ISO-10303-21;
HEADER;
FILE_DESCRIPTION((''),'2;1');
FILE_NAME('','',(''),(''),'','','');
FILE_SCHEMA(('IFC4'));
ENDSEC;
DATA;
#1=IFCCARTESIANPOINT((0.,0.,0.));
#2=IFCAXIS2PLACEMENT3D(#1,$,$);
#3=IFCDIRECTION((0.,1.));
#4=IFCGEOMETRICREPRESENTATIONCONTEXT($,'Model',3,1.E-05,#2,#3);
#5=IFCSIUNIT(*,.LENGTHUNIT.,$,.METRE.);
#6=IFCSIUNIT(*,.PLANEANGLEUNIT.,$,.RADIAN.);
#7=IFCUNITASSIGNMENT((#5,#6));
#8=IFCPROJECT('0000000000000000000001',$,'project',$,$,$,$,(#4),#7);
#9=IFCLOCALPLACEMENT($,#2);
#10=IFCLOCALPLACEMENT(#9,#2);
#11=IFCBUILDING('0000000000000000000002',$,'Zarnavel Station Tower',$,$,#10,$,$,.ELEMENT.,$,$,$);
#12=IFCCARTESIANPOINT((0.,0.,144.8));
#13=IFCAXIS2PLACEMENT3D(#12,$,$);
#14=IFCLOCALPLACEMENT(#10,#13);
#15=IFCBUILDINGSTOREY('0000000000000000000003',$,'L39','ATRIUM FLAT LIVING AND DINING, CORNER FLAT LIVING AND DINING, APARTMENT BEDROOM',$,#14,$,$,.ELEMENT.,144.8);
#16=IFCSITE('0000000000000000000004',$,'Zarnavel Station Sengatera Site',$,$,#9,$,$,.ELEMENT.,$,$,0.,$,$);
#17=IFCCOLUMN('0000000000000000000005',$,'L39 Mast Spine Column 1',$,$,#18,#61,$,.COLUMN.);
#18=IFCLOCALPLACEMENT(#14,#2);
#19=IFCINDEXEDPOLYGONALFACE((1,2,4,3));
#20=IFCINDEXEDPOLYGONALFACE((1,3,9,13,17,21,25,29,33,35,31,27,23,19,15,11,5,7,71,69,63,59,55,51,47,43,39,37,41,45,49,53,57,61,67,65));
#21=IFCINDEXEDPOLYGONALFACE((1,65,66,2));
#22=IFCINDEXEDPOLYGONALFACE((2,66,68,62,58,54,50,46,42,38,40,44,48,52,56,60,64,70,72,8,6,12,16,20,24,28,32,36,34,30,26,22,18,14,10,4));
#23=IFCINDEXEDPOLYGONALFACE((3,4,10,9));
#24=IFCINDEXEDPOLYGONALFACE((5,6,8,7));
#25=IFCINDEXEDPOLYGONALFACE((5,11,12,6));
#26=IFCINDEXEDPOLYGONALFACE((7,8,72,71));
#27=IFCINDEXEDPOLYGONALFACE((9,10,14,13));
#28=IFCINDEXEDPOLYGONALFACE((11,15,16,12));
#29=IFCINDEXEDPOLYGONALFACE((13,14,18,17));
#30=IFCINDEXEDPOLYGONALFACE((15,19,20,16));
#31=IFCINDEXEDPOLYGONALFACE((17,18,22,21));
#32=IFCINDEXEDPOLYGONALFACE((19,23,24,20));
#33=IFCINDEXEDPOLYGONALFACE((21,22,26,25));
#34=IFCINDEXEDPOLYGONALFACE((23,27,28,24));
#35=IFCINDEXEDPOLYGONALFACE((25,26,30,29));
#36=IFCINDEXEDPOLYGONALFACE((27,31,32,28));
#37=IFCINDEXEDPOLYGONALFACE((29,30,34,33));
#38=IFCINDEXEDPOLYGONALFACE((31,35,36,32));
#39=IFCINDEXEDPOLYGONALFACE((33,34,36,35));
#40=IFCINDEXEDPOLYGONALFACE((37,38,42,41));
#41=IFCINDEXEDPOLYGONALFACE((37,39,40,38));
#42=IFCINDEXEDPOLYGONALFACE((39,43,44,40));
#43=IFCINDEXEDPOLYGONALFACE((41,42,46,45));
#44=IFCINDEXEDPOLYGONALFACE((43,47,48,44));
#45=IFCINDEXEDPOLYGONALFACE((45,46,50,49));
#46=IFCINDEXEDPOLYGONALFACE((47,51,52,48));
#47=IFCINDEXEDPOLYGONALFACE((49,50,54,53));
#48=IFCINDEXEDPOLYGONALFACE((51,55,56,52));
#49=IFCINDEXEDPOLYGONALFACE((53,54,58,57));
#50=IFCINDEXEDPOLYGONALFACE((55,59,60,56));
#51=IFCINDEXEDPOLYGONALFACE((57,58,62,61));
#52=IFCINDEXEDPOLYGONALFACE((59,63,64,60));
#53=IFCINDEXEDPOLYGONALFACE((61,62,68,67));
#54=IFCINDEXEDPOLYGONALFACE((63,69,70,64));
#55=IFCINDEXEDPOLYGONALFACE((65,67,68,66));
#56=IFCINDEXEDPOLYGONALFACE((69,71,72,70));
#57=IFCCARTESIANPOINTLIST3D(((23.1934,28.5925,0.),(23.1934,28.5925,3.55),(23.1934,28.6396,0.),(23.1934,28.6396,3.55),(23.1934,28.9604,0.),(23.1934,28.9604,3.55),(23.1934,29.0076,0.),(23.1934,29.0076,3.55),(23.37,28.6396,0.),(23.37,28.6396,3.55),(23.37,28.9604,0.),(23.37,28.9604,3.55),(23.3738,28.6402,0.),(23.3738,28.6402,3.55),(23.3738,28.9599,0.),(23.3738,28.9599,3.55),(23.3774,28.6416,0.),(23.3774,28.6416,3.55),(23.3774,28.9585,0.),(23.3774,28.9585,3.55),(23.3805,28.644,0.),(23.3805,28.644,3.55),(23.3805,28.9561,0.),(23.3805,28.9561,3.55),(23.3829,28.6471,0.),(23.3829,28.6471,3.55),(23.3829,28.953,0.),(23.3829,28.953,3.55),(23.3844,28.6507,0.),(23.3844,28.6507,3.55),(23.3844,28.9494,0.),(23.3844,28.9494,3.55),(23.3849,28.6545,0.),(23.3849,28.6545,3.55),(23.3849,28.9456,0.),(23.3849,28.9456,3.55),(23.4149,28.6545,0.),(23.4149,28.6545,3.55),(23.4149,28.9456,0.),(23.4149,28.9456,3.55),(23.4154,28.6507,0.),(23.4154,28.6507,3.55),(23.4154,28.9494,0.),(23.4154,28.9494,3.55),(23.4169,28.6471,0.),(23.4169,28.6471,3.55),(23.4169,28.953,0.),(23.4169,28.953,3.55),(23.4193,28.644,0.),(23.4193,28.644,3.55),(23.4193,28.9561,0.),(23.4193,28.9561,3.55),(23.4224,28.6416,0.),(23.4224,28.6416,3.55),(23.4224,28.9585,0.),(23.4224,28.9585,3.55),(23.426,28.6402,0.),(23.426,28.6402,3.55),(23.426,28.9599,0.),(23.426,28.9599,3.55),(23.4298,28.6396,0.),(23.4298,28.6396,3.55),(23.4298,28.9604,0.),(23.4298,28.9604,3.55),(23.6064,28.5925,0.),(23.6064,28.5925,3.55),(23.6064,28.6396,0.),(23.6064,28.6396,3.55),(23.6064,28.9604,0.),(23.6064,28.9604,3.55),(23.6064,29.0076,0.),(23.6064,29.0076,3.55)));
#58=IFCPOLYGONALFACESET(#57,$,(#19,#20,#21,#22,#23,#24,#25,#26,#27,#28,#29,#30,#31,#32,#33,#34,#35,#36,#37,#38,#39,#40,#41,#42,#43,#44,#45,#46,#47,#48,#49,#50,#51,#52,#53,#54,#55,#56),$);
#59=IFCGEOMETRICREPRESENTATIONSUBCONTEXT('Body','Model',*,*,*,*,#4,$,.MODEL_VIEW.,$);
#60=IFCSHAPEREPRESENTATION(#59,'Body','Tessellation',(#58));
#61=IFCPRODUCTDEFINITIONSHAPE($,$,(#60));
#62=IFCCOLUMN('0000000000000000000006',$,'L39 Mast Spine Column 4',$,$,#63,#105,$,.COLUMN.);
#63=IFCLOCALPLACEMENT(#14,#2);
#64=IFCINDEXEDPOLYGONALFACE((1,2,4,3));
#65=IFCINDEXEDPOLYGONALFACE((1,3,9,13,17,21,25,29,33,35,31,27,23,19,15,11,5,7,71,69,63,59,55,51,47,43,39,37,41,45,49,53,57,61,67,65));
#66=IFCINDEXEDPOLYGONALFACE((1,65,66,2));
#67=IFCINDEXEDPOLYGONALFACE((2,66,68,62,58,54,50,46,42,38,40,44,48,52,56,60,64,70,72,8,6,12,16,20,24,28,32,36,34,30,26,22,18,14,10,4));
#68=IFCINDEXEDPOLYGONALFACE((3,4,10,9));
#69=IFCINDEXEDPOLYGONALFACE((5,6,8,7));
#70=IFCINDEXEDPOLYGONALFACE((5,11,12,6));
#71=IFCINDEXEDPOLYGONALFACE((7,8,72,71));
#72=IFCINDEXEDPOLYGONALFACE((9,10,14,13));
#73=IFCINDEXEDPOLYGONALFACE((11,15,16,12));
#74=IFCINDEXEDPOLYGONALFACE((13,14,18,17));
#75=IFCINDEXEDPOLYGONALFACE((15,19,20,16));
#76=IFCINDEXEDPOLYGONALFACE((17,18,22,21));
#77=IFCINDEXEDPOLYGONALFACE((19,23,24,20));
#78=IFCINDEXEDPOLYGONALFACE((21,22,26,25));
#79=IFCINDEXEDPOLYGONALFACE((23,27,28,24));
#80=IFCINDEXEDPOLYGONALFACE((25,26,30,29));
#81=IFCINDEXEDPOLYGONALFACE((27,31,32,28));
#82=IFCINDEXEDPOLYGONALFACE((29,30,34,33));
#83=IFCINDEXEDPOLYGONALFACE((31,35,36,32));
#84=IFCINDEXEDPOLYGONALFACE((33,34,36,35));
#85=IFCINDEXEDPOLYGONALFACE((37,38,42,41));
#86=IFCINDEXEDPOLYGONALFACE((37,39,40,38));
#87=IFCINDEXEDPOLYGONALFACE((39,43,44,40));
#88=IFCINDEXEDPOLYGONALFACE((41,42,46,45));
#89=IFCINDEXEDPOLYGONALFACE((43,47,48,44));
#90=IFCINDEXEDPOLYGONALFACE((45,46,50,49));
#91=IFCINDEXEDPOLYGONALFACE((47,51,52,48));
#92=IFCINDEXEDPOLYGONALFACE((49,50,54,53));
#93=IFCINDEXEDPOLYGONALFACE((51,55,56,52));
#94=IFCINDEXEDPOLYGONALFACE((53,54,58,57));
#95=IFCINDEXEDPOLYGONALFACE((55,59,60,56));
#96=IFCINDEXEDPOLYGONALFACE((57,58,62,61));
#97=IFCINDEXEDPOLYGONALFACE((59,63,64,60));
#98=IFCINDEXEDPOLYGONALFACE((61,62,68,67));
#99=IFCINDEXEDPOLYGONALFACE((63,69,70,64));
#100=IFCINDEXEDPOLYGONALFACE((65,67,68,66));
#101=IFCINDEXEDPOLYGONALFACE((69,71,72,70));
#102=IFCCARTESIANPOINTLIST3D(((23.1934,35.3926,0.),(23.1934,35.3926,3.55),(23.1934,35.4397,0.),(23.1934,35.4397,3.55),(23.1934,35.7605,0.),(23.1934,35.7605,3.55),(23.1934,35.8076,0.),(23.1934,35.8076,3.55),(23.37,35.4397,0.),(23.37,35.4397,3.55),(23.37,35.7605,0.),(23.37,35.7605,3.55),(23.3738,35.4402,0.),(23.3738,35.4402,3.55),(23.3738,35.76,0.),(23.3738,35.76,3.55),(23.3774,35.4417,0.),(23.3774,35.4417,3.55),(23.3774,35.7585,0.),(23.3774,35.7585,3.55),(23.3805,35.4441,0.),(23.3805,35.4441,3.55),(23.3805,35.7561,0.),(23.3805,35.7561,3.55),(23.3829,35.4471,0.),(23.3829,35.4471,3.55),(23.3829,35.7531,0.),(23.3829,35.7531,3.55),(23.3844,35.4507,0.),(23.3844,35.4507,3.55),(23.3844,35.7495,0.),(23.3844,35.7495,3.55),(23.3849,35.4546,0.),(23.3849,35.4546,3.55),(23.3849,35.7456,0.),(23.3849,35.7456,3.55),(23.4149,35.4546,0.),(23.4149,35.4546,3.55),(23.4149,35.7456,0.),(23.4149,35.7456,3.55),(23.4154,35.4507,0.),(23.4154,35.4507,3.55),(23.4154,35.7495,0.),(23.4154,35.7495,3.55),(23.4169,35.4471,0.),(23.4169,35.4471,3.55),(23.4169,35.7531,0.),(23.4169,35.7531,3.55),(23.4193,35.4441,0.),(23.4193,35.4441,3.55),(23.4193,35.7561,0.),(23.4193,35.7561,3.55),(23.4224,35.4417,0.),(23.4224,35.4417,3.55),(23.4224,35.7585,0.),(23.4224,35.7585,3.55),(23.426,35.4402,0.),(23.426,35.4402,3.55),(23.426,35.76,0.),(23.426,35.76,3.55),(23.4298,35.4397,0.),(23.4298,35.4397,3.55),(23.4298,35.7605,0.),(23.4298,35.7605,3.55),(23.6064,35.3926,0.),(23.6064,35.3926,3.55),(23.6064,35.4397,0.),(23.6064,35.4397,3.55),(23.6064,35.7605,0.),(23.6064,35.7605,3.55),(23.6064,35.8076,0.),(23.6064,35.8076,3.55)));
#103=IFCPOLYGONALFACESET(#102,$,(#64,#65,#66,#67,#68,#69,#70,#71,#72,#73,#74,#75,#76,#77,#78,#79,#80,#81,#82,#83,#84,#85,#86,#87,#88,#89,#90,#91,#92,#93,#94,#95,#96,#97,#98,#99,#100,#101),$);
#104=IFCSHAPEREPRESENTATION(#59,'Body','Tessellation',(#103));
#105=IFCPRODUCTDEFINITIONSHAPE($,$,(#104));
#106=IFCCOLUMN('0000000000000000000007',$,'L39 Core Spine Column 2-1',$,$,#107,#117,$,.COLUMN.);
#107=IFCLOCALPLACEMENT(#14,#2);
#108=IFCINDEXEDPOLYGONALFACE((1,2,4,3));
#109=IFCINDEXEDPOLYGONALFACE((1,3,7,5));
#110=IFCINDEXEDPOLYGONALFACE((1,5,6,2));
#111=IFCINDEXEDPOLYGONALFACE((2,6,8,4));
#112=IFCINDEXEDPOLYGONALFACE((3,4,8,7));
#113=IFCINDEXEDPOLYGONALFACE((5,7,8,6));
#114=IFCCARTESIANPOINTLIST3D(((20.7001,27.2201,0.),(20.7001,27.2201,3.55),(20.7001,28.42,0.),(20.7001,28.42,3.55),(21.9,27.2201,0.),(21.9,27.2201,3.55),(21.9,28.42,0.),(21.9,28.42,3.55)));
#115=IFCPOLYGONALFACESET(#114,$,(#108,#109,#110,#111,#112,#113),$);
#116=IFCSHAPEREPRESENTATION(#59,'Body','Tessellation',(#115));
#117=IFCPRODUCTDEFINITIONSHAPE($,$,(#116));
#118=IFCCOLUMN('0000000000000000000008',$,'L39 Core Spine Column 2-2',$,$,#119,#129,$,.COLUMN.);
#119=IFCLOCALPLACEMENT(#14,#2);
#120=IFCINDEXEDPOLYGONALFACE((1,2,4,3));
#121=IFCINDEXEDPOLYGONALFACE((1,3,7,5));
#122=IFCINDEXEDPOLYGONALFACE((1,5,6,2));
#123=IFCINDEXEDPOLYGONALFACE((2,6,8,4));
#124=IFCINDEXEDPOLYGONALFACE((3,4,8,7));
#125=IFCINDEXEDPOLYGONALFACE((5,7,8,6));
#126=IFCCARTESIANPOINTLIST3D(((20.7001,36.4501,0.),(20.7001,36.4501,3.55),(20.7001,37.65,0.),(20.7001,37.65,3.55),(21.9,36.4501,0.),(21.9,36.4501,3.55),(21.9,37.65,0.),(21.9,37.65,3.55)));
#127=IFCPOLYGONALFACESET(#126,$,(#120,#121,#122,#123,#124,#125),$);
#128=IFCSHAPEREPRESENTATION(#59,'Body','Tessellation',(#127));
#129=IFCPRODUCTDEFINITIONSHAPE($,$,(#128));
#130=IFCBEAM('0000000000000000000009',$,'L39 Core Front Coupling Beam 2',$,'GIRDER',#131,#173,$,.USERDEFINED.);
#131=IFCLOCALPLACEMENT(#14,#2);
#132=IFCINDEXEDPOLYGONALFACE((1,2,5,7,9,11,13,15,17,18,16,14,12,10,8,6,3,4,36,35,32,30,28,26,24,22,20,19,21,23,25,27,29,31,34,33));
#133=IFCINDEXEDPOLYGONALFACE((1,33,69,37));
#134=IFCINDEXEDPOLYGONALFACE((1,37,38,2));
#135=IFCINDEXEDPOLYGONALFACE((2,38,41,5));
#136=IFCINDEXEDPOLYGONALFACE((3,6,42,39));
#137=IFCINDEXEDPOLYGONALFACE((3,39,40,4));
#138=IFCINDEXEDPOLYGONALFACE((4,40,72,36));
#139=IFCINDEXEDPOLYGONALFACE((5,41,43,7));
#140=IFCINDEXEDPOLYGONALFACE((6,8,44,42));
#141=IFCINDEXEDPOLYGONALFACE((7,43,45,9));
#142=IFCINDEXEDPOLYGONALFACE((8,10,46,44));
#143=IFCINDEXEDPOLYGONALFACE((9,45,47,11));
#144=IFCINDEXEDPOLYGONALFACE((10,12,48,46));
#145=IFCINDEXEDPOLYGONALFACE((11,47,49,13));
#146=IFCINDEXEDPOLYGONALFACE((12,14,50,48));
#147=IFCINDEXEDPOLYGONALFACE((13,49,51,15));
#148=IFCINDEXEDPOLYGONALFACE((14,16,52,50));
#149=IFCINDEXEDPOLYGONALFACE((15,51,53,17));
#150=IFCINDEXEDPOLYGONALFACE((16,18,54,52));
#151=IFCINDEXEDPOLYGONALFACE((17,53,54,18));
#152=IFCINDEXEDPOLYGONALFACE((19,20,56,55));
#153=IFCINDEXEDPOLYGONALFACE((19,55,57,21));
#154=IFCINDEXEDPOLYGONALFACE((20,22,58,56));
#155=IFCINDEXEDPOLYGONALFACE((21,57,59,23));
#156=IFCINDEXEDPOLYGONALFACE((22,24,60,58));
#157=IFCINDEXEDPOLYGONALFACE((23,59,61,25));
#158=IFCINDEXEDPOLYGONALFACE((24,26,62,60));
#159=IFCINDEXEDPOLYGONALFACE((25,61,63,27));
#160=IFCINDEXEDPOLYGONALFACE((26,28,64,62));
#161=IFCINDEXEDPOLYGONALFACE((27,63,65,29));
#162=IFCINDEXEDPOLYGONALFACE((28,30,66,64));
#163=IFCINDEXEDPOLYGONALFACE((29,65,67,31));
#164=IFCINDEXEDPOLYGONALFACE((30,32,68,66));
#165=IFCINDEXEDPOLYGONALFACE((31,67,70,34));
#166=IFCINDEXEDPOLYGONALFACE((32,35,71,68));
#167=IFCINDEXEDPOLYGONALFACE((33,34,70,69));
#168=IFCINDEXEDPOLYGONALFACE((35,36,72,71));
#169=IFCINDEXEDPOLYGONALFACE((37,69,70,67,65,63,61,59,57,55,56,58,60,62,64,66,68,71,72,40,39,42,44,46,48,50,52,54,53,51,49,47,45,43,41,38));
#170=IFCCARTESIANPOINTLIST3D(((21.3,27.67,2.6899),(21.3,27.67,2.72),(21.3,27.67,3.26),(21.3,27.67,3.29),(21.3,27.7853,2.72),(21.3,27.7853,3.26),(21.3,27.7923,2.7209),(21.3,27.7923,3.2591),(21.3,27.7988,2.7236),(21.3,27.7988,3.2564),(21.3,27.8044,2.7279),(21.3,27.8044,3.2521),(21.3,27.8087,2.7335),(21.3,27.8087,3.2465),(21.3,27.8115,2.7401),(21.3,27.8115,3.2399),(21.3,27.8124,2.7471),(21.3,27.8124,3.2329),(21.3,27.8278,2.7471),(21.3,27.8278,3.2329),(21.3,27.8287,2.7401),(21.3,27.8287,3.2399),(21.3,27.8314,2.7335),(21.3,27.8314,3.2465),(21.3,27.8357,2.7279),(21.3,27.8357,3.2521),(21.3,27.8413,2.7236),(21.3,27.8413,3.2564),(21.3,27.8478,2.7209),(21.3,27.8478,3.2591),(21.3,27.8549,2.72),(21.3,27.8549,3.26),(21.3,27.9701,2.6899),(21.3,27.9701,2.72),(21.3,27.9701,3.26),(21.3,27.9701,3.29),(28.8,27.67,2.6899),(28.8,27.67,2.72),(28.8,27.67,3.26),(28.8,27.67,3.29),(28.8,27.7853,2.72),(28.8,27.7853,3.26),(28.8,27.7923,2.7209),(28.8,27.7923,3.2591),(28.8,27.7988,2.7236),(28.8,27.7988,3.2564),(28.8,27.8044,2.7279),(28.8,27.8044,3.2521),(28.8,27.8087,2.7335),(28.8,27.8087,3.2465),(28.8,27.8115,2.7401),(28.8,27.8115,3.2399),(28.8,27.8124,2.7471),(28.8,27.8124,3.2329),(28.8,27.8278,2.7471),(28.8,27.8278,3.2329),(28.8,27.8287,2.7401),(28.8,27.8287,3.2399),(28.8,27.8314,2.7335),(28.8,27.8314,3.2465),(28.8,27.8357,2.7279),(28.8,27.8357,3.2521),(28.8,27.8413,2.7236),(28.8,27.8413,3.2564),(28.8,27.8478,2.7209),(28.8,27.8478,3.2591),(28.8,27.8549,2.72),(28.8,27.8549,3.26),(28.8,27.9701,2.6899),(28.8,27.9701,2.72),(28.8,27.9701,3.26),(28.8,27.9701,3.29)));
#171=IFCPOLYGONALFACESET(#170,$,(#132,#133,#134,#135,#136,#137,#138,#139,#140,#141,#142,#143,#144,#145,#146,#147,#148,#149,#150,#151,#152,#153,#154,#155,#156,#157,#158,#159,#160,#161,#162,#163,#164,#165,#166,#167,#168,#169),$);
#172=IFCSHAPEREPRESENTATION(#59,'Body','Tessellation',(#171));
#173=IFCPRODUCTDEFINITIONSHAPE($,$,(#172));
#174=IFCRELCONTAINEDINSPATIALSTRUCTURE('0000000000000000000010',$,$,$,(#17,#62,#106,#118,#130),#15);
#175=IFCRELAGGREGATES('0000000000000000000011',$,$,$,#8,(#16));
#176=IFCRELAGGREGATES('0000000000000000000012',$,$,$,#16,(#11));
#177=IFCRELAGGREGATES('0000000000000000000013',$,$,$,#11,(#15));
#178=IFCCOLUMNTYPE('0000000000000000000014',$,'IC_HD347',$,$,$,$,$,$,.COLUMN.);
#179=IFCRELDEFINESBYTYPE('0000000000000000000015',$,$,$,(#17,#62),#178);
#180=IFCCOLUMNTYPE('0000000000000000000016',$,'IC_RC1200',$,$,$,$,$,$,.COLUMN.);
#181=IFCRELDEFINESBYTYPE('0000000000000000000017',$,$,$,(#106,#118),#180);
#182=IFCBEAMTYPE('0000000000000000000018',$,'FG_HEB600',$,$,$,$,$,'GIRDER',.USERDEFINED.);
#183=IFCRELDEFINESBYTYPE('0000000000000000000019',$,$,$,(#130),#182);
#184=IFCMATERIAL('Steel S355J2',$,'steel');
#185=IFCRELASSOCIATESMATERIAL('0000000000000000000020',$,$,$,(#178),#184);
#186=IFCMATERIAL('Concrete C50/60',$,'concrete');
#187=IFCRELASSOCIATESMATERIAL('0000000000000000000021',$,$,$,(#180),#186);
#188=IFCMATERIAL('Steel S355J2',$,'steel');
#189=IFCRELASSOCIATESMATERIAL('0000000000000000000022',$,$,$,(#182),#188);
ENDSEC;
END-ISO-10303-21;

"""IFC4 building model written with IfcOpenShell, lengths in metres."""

from ifc_helpers import new_model, si_unit, direction, frame, origin, origin_2d, place, context, subcontext, project, spatial, rectangle, i_section, extrude, material, material_profile, profile_set, type_object, element, save


model = new_model("IFC4")

# Units and contexts
model_context = context("Model", 3, precision=1e-05, world=origin(), true_north=direction((0.0, 1.0)))
body_context = subcontext(model_context, "Body", "Model", "MODEL_VIEW")
ifc_project = project(units=[si_unit("LENGTHUNIT", "METRE"), si_unit("PLANEANGLEUNIT", "RADIAN")], contexts=[model_context])

# Site, building, storey
site_placement = place(None, origin())
site = spatial("IfcSite", under=ifc_project, at=site_placement, Name="Zarnavel Station Sengatera Site", CompositionType="ELEMENT", RefElevation=0.0)
building_placement = place(site_placement, origin())
building = spatial("IfcBuilding", under=site, at=building_placement, Name="Zarnavel Station Tower", CompositionType="ELEMENT")
storey_placement = place(building_placement, frame((0.0, 0.0, 144.8)))
storey = spatial("IfcBuildingStorey", under=building, at=storey_placement, Name="L39", Description="ATRIUM FLAT LIVING AND DINING, CORNER FLAT LIVING AND DINING, APARTMENT BEDROOM", CompositionType="ELEMENT", Elevation=144.8)

# Columns
ifc_material_1 = material(Name="Steel S355J2", Category="steel")
ifc_material_profile_1 = material_profile(ifc_material_1, i_section(OverallWidth=0.4131, OverallDepth=0.415, WebThickness=0.03, FlangeThickness=0.0471, FilletRadius=0.0149, at=origin_2d()), Name="HD400x347")
ifc_profile_set_1 = profile_set([ifc_material_profile_1], Name="Steel S355J2")
column_type_1 = type_object("IfcColumnType", Name="IC_HD347", PredefinedType="COLUMN", material=ifc_profile_set_1)
for number, where, z_axis, x_axis, name in (
    (1, (23.3999, 28.8, 0.0), (0.0, 0.0, 1.0), (1.0, 0.0, 0.0), "L39 Mast Spine Column 1"),
    (2, (23.3999, 35.6001, 0.0), (0.0, 0.0, 1.0), (1.0, 0.0, 0.0), "L39 Mast Spine Column 4"),
):
    element("IfcColumn", number, at=place(storey_placement, frame(where, z_axis=z_axis, x_axis=x_axis)), inside=storey, type_object=column_type_1, Name=name, PredefinedType="COLUMN", context=body_context, shape_type="SweptSolid", body=[
        extrude(i_section(OverallWidth=0.4131, OverallDepth=0.415, WebThickness=0.03, FlangeThickness=0.0471, FilletRadius=0.0149, at=origin_2d()), origin(), (0.0, 0.0, 1.0), 3.55),
    ])
ifc_material_2 = material(Name="Concrete C50/60", Category="concrete")
ifc_material_profile_2 = material_profile(ifc_material_2, rectangle(XDim=1.2, YDim=1.2, at=origin_2d()), Name="RC1200x1200")
ifc_profile_set_2 = profile_set([ifc_material_profile_2], Name="Concrete C50/60")
column_type_2 = type_object("IfcColumnType", Name="IC_RC1200", PredefinedType="COLUMN", material=ifc_profile_set_2)
for number, where, z_axis, x_axis, name in (
    (3, (21.3, 27.8201, 0.0), (0.0, 0.0, 1.0), (1.0, 0.0, 0.0), "L39 Core Spine Column 2-1"),
    (4, (21.3, 37.05, 0.0), (0.0, 0.0, 1.0), (1.0, 0.0, 0.0), "L39 Core Spine Column 2-2"),
):
    element("IfcColumn", number, at=place(storey_placement, frame(where, z_axis=z_axis, x_axis=x_axis)), inside=storey, type_object=column_type_2, Name=name, PredefinedType="COLUMN", context=body_context, shape_type="SweptSolid", body=[
        extrude(rectangle(XDim=1.2, YDim=1.2, at=origin_2d()), origin(), (0.0, 0.0, 1.0), 3.55),
    ])

# Beam
ifc_material_3 = material(Name="Steel S355J2", Category="steel")
ifc_material_profile_3 = material_profile(ifc_material_3, i_section(OverallWidth=0.3, OverallDepth=0.6001, WebThickness=0.0154, FlangeThickness=0.03, FilletRadius=0.0271, at=origin_2d()), Name="HEB600")
ifc_profile_set_3 = profile_set([ifc_material_profile_3], Name="Steel S355J2")
beam_type_1 = type_object("IfcBeamType", Name="FG_HEB600", ElementType="GIRDER", PredefinedType="USERDEFINED", material=ifc_profile_set_3)
beam_1_placement = place(storey_placement, frame((21.3, 27.8201, 2.99), z_axis=(1.0, 0.0, 0.0), x_axis=(0.0, 1.0, 0.0)))
element("IfcBeam", 5, at=beam_1_placement, inside=storey, type_object=beam_type_1, Name="L39 Core Front Coupling Beam 2", ObjectType="GIRDER", PredefinedType="USERDEFINED", context=body_context, shape_type="SweptSolid", body=[
    extrude(i_section(OverallWidth=0.3, OverallDepth=0.6001, WebThickness=0.0154, FlangeThickness=0.03, FilletRadius=0.0271, at=origin_2d()), origin(), (0.0, 0.0, 1.0), 7.5),
])

save(model, "model.ifc")
